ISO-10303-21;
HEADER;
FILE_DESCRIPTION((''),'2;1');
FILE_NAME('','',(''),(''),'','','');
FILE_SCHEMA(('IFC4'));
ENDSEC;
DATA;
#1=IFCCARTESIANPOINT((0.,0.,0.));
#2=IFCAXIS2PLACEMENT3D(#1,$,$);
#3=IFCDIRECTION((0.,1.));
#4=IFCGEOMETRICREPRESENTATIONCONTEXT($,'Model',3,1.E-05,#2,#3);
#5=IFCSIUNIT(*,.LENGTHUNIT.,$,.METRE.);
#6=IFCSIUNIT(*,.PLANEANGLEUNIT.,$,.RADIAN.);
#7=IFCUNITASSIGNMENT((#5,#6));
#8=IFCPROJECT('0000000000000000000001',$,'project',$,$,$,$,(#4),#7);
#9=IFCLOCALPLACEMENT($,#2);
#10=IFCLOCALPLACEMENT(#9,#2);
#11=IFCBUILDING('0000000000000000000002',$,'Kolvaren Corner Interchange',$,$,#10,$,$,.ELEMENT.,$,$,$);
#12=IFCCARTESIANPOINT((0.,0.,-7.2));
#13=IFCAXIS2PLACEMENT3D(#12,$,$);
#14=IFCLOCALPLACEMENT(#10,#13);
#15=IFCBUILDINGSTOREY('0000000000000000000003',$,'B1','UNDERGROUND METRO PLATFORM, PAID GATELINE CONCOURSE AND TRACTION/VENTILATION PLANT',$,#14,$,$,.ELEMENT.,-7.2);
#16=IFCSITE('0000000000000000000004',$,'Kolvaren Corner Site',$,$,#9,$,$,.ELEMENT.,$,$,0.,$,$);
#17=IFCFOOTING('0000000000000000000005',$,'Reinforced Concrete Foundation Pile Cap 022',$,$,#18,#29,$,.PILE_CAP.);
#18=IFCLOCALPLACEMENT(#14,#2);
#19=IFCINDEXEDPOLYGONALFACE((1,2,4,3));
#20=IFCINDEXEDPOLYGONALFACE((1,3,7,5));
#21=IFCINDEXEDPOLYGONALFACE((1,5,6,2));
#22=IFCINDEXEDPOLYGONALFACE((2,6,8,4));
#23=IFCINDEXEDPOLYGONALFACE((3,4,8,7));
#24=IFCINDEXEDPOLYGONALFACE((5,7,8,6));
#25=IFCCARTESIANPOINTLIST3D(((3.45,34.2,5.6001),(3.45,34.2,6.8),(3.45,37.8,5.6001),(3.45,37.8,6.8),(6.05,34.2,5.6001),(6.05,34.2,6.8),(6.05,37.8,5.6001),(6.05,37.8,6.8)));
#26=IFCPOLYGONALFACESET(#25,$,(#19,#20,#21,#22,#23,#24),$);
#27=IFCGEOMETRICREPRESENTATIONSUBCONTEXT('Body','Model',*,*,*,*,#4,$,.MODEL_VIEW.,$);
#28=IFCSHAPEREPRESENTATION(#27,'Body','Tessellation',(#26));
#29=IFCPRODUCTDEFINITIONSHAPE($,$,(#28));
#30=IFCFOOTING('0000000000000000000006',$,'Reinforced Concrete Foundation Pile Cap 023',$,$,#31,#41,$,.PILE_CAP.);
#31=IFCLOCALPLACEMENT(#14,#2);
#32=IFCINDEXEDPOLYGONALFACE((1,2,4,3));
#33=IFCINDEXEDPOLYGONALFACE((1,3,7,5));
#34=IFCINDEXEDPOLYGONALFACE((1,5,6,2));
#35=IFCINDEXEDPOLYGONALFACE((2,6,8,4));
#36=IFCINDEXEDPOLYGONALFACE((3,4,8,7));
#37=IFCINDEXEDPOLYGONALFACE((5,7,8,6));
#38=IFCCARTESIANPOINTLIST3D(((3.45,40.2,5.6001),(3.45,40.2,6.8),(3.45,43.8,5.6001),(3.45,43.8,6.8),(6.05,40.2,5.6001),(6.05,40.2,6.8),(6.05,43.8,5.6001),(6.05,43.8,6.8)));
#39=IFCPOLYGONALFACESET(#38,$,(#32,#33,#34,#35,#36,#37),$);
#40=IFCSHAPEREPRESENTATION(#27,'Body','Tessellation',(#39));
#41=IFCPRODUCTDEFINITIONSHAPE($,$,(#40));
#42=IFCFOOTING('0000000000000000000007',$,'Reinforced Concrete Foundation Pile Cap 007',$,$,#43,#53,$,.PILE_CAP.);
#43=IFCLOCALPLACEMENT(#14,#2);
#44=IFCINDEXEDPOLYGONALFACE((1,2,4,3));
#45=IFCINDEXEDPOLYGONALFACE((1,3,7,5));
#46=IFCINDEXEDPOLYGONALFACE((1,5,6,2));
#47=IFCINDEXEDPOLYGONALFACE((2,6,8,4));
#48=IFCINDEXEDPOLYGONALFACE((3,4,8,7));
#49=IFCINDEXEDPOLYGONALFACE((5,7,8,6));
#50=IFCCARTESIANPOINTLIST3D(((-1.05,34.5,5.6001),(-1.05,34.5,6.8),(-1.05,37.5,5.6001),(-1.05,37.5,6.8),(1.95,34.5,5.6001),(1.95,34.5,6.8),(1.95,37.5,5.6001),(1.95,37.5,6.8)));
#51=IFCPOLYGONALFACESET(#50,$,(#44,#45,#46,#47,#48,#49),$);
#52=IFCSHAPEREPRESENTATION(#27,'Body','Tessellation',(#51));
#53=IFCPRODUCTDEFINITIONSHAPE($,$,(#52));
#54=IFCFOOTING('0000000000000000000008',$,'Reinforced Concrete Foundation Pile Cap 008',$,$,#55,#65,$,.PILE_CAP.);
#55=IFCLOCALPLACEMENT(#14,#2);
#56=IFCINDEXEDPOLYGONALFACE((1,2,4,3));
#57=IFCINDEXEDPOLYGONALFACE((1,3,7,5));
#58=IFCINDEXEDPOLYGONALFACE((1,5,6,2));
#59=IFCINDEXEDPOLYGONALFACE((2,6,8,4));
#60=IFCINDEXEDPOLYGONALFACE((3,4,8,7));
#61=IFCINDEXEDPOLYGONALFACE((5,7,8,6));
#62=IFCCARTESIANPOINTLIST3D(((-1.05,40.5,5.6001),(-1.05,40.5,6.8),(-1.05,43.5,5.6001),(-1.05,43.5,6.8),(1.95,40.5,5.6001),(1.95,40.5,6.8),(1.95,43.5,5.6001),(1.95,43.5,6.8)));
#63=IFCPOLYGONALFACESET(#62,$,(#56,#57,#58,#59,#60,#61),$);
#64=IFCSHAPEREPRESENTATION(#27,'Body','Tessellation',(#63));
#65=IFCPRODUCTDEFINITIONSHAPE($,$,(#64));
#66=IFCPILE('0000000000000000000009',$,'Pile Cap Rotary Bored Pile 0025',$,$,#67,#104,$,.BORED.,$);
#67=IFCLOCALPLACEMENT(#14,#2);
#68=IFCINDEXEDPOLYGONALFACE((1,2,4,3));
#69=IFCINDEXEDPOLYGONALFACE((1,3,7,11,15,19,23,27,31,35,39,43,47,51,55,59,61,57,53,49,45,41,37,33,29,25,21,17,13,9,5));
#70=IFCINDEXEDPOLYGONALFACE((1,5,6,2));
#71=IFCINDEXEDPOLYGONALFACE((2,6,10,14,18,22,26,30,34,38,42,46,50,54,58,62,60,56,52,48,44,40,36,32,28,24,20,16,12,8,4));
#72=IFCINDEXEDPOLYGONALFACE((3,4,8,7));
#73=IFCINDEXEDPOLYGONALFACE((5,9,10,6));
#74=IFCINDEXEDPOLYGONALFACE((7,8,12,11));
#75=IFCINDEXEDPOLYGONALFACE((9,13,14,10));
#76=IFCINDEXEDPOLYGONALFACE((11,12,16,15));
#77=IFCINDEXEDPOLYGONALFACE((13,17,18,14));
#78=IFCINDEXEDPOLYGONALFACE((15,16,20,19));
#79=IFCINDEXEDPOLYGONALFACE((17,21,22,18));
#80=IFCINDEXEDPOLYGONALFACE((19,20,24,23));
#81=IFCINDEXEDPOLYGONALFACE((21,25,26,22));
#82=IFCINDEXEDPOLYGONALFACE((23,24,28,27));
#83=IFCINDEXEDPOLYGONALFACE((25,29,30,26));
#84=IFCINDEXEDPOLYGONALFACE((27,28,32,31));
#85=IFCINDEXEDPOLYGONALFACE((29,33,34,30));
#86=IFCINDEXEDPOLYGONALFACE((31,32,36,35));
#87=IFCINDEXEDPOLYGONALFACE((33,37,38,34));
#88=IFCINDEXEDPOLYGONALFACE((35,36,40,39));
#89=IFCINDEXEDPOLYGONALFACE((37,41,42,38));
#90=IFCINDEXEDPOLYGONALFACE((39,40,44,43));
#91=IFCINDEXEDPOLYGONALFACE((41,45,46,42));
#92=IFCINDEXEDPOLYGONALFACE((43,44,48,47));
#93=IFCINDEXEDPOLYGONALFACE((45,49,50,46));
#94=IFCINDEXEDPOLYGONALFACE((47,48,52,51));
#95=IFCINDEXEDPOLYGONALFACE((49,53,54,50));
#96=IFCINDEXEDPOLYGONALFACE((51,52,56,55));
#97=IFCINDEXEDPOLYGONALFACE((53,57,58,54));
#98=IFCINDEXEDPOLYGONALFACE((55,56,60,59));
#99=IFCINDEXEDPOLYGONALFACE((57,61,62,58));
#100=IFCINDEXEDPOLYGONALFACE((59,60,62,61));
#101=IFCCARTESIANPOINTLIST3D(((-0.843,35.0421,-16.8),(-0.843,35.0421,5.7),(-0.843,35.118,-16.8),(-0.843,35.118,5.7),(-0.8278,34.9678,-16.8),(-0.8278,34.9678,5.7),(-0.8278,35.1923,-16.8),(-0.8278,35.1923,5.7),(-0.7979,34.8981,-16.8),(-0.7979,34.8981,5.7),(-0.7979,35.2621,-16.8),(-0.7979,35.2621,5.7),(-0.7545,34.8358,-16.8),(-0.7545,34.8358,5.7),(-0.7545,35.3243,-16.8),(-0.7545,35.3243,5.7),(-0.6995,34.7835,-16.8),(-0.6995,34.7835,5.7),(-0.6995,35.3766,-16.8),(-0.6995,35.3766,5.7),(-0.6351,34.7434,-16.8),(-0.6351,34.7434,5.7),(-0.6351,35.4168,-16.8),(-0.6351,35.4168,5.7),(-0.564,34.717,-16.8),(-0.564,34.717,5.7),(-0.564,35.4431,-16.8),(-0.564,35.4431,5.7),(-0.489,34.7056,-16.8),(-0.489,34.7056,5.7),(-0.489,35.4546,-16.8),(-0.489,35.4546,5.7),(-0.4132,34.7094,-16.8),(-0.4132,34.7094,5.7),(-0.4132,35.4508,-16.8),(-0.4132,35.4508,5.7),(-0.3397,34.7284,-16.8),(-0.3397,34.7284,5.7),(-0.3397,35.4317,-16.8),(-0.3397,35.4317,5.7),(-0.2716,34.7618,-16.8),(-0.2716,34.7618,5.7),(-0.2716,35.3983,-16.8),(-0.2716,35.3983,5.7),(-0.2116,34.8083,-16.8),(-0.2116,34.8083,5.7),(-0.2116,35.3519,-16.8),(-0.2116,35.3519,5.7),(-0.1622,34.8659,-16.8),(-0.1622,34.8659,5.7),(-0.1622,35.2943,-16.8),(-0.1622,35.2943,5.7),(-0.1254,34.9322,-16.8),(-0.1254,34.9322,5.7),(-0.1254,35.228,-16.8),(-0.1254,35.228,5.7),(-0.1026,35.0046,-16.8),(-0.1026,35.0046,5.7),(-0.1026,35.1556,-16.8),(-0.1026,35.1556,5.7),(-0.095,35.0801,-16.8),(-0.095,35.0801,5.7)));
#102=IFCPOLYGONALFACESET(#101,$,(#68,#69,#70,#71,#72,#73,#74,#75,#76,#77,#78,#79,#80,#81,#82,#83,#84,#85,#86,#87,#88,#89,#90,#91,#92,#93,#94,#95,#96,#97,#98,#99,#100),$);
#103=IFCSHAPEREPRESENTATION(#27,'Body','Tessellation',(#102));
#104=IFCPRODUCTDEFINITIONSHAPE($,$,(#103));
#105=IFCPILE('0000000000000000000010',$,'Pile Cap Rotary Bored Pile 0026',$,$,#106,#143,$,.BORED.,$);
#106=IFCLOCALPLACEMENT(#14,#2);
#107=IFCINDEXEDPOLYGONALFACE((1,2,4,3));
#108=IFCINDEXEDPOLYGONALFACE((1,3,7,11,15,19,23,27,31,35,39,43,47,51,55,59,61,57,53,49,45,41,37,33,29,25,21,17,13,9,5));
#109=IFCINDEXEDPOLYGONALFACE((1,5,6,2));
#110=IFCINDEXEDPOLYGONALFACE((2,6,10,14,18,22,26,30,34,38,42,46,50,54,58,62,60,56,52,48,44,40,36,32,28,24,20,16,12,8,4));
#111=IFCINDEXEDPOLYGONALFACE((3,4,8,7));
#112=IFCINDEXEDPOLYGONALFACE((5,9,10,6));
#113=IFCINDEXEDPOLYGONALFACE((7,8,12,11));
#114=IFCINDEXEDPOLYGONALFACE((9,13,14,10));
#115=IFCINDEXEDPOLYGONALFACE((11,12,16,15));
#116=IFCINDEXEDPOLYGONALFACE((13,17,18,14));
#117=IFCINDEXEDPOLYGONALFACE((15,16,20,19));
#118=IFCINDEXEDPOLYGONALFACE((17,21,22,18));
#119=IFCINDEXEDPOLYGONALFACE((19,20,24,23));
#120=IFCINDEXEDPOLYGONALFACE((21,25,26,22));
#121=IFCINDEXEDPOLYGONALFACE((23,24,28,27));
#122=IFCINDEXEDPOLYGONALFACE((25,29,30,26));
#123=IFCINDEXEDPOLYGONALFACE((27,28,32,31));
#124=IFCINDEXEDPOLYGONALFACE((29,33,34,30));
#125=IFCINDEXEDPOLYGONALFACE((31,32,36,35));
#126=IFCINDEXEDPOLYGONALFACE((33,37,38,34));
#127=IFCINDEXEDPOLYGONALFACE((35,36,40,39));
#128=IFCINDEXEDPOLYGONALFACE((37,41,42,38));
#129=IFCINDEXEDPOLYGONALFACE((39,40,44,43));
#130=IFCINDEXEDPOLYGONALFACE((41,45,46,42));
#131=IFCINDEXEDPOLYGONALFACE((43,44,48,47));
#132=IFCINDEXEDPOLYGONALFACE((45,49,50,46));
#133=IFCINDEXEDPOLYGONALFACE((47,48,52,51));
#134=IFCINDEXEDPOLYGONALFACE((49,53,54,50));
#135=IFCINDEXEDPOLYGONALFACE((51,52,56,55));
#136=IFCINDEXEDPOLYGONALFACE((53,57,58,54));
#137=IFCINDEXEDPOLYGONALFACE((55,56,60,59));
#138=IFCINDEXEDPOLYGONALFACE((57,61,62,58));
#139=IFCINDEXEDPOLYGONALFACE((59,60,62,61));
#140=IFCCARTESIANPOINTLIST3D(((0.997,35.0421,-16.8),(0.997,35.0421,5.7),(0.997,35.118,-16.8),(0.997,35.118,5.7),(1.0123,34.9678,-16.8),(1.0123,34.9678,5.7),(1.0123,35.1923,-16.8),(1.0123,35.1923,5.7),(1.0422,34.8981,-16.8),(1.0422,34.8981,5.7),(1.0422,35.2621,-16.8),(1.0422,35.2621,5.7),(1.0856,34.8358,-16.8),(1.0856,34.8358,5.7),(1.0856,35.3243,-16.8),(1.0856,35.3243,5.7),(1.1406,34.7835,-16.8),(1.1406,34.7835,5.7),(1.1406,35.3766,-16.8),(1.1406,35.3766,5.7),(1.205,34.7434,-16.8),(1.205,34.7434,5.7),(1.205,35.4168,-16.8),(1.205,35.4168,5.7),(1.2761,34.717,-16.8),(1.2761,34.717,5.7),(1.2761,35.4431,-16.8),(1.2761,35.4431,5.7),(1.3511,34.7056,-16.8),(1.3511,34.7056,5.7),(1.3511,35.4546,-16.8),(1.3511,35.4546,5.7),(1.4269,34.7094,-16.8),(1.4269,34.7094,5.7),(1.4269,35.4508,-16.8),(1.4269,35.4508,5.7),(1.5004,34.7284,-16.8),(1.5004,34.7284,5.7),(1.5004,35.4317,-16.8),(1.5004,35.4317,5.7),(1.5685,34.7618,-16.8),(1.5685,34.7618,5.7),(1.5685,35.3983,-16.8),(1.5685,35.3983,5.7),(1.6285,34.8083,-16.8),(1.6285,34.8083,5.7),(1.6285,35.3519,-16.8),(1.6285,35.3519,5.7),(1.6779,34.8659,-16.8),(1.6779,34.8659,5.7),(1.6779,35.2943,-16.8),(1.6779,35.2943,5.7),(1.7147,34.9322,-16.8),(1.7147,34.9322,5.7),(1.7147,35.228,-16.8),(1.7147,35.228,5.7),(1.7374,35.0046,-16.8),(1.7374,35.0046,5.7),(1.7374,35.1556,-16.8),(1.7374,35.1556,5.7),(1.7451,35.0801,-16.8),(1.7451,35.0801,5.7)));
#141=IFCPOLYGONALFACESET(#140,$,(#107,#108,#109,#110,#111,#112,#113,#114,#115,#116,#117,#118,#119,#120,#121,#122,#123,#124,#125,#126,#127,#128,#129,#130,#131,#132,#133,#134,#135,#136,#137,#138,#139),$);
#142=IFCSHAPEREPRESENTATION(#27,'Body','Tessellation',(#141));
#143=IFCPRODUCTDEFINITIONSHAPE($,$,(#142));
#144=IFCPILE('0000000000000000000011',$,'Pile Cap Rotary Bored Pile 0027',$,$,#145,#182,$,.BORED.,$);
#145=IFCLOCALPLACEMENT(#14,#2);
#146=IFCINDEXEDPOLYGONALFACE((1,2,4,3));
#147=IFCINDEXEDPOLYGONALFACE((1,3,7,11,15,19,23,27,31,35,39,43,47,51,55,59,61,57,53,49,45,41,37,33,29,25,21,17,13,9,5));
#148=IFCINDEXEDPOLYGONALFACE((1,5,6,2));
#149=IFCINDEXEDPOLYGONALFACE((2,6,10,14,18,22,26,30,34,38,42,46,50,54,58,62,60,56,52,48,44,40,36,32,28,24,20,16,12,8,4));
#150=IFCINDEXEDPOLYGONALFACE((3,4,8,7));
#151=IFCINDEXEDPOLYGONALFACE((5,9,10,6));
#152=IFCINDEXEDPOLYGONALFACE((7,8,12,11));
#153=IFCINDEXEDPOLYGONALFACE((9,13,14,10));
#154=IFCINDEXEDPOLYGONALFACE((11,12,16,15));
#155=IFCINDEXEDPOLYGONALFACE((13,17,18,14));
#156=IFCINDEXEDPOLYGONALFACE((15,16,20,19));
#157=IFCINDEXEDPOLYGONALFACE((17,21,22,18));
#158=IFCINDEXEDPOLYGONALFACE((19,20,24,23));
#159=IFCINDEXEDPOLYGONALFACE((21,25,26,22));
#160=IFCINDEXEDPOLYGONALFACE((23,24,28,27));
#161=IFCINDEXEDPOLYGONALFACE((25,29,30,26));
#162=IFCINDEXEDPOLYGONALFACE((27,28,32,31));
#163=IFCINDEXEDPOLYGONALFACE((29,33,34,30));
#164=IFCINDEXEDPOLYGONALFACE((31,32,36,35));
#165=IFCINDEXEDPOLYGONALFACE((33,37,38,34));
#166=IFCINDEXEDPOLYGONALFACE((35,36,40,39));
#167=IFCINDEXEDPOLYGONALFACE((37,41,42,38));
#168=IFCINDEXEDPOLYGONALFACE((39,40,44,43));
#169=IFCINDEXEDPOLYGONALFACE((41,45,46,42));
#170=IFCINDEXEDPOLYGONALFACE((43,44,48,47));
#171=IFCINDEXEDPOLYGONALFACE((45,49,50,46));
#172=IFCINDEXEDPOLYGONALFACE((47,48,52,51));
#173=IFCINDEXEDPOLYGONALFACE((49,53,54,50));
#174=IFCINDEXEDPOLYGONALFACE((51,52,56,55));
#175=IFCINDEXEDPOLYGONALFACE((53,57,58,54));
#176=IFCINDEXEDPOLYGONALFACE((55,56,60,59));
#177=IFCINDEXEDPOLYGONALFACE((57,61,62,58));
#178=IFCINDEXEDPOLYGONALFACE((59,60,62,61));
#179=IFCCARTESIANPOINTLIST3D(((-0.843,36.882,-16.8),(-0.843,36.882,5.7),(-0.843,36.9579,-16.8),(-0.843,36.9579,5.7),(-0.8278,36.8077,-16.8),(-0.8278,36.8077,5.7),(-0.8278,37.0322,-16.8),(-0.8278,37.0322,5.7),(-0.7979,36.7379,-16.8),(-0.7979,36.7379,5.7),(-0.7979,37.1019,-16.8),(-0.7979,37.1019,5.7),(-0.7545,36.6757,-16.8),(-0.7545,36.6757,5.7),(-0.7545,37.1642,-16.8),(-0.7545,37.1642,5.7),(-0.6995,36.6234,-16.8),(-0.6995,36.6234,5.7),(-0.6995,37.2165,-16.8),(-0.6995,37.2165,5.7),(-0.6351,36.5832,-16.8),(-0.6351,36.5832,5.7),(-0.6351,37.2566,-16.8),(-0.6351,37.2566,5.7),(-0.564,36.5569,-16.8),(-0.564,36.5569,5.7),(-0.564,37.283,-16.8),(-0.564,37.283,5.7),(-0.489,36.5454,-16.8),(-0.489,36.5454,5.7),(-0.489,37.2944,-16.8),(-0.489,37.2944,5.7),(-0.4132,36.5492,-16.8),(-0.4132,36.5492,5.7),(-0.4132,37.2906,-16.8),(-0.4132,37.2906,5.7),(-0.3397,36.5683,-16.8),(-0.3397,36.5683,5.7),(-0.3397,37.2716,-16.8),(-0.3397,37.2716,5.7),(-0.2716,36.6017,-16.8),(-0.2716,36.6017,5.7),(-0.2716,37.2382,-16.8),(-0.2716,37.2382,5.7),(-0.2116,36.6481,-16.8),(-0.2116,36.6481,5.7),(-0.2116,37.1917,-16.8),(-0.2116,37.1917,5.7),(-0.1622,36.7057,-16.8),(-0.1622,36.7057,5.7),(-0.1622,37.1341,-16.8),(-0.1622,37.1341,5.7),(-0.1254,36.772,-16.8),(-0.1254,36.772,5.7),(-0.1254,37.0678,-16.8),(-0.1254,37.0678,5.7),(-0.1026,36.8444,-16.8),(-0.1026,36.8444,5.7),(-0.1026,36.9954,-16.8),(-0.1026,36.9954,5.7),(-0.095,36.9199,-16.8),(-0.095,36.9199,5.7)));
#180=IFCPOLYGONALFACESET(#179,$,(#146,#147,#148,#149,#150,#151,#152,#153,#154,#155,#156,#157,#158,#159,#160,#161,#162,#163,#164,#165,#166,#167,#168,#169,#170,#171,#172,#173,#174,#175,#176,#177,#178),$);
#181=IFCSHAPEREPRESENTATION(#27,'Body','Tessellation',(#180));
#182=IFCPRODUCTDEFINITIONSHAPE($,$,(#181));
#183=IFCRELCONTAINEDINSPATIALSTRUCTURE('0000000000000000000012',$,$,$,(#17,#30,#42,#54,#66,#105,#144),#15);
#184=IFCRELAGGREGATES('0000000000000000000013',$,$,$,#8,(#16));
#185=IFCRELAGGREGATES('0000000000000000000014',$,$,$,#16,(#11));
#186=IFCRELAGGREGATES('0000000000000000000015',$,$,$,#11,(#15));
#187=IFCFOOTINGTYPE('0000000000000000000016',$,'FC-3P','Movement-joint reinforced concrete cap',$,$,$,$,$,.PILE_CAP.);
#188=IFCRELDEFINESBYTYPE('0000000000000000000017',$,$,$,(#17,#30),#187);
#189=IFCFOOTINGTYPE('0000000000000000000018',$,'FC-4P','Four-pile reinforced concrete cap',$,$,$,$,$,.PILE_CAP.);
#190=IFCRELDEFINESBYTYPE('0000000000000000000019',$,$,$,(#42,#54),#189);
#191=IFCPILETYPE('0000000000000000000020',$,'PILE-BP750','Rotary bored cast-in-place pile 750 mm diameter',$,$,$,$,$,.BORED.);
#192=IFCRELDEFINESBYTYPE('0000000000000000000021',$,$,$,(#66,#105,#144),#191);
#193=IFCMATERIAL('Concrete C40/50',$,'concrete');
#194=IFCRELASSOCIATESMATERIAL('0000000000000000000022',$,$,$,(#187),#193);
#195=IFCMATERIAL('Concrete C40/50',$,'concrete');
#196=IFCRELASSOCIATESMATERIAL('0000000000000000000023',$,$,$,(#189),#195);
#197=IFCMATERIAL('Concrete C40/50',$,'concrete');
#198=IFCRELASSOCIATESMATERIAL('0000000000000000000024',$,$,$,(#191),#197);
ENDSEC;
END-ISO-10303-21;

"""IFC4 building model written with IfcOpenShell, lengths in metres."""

from ifc_helpers import new_model, si_unit, direction, frame, origin, origin_2d, place, context, subcontext, project, spatial, rectangle, circle, extrude, material, material_profile, profile_set, type_object, element, save


model = new_model("IFC4")

# Units and contexts
model_context = context("Model", 3, precision=1e-05, world=origin(), true_north=direction((0.0, 1.0)))
body_context = subcontext(model_context, "Body", "Model", "MODEL_VIEW")
ifc_project = project(units=[si_unit("LENGTHUNIT", "METRE"), si_unit("PLANEANGLEUNIT", "RADIAN")], contexts=[model_context])

# Site, building, storey
site_placement = place(None, origin())
site = spatial("IfcSite", under=ifc_project, at=site_placement, Name="Kolvaren Corner Site", CompositionType="ELEMENT", RefElevation=0.0)
building_placement = place(site_placement, origin())
building = spatial("IfcBuilding", under=site, at=building_placement, Name="Kolvaren Corner Interchange", CompositionType="ELEMENT")
storey_placement = place(building_placement, frame((0.0, 0.0, -7.2)))
storey = spatial("IfcBuildingStorey", under=building, at=storey_placement, Name="B1", Description="UNDERGROUND METRO PLATFORM, PAID GATELINE CONCOURSE AND TRACTION/VENTILATION PLANT", CompositionType="ELEMENT", Elevation=-7.2)

# Footings
ifc_material_1 = material(Name="Concrete C40/50", Category="concrete")
footing_type_1 = type_object("IfcFootingType", Name="FC-3P", Description="Movement-joint reinforced concrete cap", PredefinedType="PILE_CAP", material=ifc_material_1)
for number, where, z_axis, x_axis, name in (
    (1, (4.75, 36.0, 5.6001), (0.0, 0.0, 1.0), (1.0, 0.0, 0.0), "Reinforced Concrete Foundation Pile Cap 022"),
    (2, (4.75, 42.0, 5.6001), (0.0, 0.0, 1.0), (1.0, 0.0, 0.0), "Reinforced Concrete Foundation Pile Cap 023"),
):
    element("IfcFooting", number, at=place(storey_placement, frame(where, z_axis=z_axis, x_axis=x_axis)), inside=storey, type_object=footing_type_1, Name=name, PredefinedType="PILE_CAP", context=body_context, shape_type="SweptSolid", body=[
        extrude(rectangle(XDim=2.6001, YDim=3.6001, at=origin_2d()), origin(), (0.0, 0.0, 1.0), 1.2),
    ])
ifc_material_2 = material(Name="Concrete C40/50", Category="concrete")
footing_type_2 = type_object("IfcFootingType", Name="FC-4P", Description="Four-pile reinforced concrete cap", PredefinedType="PILE_CAP", material=ifc_material_2)
for number, where, z_axis, x_axis, name in (
    (3, (0.45, 36.0, 5.6001), (0.0, 0.0, 1.0), (1.0, 0.0, 0.0), "Reinforced Concrete Foundation Pile Cap 007"),
    (4, (0.45, 42.0, 5.6001), (0.0, 0.0, 1.0), (1.0, 0.0, 0.0), "Reinforced Concrete Foundation Pile Cap 008"),
):
    element("IfcFooting", number, at=place(storey_placement, frame(where, z_axis=z_axis, x_axis=x_axis)), inside=storey, type_object=footing_type_2, Name=name, PredefinedType="PILE_CAP", context=body_context, shape_type="SweptSolid", body=[
        extrude(rectangle(XDim=3.0, YDim=3.0, at=origin_2d()), origin(), (0.0, 0.0, 1.0), 1.2),
    ])

# Piles
ifc_material_3 = material(Name="Concrete C40/50", Category="concrete")
ifc_material_profile_1 = material_profile(ifc_material_3, circle(Radius=0.375, at=origin_2d()), Name="BORED PILE 750")
ifc_profile_set_1 = profile_set([ifc_material_profile_1], Name="Concrete C40/50")
pile_type_1 = type_object("IfcPileType", Name="PILE-BP750", Description="Rotary bored cast-in-place pile 750 mm diameter", PredefinedType="BORED", material=ifc_profile_set_1)
for number, where, z_axis, x_axis, name in (
    (5, (-0.47, 35.0801, 5.7), (0.0, 0.0, -1.0), (1.0, 0.0, 0.0), "Pile Cap Rotary Bored Pile 0025"),
    (6, (1.3701, 35.0801, 5.7), (0.0, 0.0, -1.0), (1.0, 0.0, 0.0), "Pile Cap Rotary Bored Pile 0026"),
    (7, (-0.47, 36.9199, 5.7), (0.0, 0.0, -1.0), (1.0, 0.0, 0.0), "Pile Cap Rotary Bored Pile 0027"),
):
    element("IfcPile", number, at=place(storey_placement, frame(where, z_axis=z_axis, x_axis=x_axis)), inside=storey, type_object=pile_type_1, Name=name, PredefinedType="BORED", context=body_context, shape_type="SweptSolid", body=[
        extrude(circle(Radius=0.375, at=origin_2d()), origin(), (0.0, 0.0, 1.0), 22.5),
    ])

save(model, "model.ifc")
